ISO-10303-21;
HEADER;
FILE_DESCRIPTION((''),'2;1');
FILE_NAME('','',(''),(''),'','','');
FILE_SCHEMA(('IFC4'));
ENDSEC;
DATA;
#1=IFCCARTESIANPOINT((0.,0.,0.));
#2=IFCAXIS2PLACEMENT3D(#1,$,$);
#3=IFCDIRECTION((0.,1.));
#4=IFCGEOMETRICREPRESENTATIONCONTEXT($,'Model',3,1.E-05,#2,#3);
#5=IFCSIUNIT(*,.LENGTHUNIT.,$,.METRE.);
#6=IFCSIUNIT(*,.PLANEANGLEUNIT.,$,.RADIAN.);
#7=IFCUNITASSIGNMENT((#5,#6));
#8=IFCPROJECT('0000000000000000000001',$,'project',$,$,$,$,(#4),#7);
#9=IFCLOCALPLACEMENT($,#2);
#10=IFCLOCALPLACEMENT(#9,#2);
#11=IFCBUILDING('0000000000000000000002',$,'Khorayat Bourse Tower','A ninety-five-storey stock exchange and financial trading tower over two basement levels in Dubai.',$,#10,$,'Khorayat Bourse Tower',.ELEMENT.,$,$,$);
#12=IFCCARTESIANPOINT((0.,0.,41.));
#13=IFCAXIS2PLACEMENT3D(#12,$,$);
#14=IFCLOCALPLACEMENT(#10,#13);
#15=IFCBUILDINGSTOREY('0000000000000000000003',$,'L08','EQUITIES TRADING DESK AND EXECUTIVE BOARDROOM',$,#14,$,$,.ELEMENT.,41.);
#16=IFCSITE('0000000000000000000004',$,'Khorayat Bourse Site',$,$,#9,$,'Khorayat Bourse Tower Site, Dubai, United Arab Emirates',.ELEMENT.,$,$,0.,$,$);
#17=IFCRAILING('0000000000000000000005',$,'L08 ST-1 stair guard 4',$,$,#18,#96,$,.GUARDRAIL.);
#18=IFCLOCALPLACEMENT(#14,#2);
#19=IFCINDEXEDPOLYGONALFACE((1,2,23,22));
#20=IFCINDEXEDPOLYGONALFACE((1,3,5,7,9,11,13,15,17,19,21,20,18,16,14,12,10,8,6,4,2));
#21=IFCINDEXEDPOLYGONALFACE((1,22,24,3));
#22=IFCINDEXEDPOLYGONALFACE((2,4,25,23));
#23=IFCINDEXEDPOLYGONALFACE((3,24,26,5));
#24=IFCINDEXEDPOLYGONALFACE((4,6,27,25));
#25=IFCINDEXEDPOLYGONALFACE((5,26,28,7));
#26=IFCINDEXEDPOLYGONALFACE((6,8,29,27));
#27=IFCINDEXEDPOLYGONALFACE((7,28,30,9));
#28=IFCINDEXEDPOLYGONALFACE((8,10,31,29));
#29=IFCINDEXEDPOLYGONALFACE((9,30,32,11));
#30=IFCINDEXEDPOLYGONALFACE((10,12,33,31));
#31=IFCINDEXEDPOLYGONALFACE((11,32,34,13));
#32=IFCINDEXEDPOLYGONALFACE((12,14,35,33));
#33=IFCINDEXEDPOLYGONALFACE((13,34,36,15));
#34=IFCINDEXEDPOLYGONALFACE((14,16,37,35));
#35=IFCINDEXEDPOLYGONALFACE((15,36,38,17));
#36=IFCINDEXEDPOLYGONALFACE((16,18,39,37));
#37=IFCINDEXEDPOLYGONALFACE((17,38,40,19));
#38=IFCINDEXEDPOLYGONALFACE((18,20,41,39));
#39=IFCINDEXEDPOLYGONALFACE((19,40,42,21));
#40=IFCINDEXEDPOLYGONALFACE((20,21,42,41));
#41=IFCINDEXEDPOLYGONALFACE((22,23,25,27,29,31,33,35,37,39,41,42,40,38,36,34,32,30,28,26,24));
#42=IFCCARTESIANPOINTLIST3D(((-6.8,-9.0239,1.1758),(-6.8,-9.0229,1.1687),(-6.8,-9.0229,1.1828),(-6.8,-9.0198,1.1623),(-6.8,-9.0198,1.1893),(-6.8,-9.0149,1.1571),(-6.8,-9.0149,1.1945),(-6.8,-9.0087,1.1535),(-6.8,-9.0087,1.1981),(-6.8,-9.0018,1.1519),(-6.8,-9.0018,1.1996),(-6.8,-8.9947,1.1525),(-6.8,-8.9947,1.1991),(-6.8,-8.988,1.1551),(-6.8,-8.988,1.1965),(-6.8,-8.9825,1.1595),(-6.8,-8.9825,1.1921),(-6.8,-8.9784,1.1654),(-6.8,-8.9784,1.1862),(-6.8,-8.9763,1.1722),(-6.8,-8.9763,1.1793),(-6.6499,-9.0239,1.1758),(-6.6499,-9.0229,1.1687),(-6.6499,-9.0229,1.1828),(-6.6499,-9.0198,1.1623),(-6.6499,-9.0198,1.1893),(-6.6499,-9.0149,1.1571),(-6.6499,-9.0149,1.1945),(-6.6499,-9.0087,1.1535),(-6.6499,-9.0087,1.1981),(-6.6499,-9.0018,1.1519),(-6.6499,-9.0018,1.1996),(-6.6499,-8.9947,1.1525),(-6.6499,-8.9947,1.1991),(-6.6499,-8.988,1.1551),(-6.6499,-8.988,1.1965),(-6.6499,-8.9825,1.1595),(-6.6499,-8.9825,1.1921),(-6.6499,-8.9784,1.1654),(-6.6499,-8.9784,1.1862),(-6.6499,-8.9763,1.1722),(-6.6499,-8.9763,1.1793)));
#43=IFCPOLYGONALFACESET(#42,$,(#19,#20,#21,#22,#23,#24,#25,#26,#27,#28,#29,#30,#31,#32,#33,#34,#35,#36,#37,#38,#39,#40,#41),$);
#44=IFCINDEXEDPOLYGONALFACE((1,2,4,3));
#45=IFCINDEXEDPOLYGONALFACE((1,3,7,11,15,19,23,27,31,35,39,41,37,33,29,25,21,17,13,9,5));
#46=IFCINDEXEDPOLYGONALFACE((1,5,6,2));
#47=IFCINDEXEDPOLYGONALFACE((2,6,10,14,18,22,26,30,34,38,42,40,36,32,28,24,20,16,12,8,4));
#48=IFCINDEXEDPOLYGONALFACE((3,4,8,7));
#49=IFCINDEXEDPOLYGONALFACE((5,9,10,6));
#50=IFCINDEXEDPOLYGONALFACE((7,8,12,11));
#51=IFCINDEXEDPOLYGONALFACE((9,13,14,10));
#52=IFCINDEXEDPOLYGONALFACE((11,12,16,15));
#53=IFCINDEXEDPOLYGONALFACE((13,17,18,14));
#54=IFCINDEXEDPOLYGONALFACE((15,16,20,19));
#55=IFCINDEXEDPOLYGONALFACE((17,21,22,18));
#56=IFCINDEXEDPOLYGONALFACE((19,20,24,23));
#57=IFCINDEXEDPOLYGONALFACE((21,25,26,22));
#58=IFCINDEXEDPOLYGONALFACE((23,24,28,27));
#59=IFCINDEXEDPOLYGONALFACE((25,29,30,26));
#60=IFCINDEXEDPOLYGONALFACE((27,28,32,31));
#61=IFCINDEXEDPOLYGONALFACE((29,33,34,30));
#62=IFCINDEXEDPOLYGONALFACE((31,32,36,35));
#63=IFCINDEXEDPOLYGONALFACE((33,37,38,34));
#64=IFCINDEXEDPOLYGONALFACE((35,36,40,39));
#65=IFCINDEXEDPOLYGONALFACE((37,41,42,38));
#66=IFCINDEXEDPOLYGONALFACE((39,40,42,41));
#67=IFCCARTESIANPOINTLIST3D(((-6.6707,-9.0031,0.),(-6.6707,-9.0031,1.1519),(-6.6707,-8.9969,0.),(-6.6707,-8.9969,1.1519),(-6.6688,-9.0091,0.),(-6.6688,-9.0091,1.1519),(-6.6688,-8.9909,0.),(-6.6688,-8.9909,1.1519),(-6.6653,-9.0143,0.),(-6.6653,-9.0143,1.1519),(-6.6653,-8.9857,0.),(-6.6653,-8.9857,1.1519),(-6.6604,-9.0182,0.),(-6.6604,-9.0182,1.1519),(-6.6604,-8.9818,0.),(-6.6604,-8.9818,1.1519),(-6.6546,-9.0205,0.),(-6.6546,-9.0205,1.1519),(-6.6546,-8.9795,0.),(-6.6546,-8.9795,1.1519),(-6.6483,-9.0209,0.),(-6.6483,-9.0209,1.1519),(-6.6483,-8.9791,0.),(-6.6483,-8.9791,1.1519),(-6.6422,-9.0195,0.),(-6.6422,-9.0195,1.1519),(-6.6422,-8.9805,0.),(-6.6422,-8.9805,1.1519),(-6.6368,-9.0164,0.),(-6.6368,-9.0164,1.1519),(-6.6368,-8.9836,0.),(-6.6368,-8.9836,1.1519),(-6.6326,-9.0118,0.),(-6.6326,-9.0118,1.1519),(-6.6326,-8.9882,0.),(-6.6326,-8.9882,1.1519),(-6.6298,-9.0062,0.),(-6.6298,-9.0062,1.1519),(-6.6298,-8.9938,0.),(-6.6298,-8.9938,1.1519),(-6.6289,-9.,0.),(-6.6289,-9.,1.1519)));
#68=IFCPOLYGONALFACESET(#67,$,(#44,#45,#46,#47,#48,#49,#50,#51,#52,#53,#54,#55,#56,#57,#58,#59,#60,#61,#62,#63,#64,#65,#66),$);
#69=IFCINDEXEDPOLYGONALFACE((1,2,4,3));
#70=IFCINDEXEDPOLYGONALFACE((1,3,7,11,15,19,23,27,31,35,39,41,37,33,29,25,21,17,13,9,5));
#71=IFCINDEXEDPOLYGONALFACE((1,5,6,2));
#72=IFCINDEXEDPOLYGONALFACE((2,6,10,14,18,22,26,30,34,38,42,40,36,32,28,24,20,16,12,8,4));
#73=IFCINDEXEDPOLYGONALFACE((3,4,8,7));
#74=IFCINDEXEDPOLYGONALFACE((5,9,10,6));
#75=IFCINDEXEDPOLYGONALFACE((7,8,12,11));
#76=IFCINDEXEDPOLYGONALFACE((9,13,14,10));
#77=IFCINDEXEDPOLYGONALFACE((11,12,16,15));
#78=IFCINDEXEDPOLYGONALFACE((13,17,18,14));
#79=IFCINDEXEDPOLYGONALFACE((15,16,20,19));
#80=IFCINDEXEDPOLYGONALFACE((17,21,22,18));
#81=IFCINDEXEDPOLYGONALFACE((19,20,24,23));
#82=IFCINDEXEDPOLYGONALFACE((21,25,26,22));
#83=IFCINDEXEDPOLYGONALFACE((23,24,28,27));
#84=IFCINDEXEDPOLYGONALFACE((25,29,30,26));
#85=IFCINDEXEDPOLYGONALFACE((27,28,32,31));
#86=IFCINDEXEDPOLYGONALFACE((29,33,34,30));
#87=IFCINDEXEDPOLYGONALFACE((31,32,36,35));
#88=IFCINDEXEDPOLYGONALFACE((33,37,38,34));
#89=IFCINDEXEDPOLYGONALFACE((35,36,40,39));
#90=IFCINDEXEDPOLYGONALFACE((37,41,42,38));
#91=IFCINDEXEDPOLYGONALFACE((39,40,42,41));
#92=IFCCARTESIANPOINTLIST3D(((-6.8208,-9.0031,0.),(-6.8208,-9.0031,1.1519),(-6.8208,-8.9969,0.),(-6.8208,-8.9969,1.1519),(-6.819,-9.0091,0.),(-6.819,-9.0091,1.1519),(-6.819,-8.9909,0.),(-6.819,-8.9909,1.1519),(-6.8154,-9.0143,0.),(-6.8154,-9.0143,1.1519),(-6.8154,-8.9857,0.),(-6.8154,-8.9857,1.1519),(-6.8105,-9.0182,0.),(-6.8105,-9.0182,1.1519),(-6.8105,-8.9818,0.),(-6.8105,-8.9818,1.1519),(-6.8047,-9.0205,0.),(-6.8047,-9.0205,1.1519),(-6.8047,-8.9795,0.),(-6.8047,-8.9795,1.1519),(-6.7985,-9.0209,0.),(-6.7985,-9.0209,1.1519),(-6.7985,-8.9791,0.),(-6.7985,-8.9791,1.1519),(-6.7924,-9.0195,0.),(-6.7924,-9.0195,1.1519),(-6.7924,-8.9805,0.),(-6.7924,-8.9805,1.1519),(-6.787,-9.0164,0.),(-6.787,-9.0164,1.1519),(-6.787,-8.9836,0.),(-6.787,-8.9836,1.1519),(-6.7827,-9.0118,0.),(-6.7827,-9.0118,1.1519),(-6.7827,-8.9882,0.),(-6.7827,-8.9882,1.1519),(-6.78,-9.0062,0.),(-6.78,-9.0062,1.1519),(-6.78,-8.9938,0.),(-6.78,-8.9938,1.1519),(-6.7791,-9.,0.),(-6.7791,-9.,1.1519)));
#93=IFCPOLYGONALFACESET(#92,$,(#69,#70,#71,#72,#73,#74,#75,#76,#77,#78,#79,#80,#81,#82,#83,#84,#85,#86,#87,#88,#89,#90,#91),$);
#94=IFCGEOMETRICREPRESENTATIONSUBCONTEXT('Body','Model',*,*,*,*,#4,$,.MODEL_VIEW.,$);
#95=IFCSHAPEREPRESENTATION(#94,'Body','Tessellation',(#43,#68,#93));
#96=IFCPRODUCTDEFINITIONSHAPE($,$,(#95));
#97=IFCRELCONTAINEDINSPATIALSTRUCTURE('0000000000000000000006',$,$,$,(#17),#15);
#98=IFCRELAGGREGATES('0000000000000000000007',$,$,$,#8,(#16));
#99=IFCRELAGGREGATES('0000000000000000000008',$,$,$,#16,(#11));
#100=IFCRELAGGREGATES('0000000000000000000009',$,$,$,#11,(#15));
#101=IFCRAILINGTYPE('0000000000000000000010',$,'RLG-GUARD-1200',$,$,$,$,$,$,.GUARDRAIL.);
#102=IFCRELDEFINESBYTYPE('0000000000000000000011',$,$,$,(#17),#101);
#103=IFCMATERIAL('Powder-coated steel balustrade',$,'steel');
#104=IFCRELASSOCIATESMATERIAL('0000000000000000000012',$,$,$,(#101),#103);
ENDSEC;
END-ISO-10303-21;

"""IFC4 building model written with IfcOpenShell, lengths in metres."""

from ifc_helpers import new_model, si_unit, direction, frame, origin, origin_2d, place, context, subcontext, project, spatial, circle, extrude, source, transform, mapped, material, type_object, element, save


model = new_model("IFC4")

# Units and contexts
model_context = context("Model", 3, precision=1e-05, world=origin(), true_north=direction((0.0, 1.0)))
body_context = subcontext(model_context, "Body", "Model", "MODEL_VIEW")
ifc_project = project(units=[si_unit("LENGTHUNIT", "METRE"), si_unit("PLANEANGLEUNIT", "RADIAN")], contexts=[model_context])

# Site, building, storey
site_placement = place(None, origin())
site = spatial("IfcSite", under=ifc_project, at=site_placement, Name="Khorayat Bourse Site", LongName="Khorayat Bourse Tower Site, Dubai, United Arab Emirates", CompositionType="ELEMENT", RefElevation=0.0)
building_placement = place(site_placement, origin())
building = spatial("IfcBuilding", under=site, at=building_placement, Name="Khorayat Bourse Tower", Description="A ninety-five-storey stock exchange and financial trading tower over two basement levels in Dubai.", LongName="Khorayat Bourse Tower", CompositionType="ELEMENT")
storey_placement = place(building_placement, frame((0.0, 0.0, 41.0)))
storey = spatial("IfcBuildingStorey", under=building, at=storey_placement, Name="L08", Description="EQUITIES TRADING DESK AND EXECUTIVE BOARDROOM", CompositionType="ELEMENT", Elevation=41.0)

# Railing
ifc_material_1 = material(Name="Powder-coated steel balustrade", Category="steel")
railing_type_1 = type_object("IfcRailingType", Name="RLG-GUARD-1200", PredefinedType="GUARDRAIL", material=ifc_material_1)
shared_shape_1 = source(origin(), body_context, "Body", "SweptSolid", [
    extrude(circle(Radius=0.0239, at=origin_2d()), frame((0.0, 0.0, 1.1758), z_axis=(-1.0, 0.0, 0.0), x_axis=(0.0, -1.0, 0.0)), (0.0, 0.0, 1.0), 0.1501),
    extrude(circle(Radius=0.021, at=origin_2d()), origin(), (0.0, 0.0, 1.0), 1.1519),
    extrude(circle(Radius=0.021, at=origin_2d()), frame((-0.1501, 0.0, 0.0)), (0.0, 0.0, 1.0), 1.1519),
])
for number, where, name in (
    (1, (-6.6499, -9.0, 0.0), "L08 ST-1 stair guard 4"),
):
    element("IfcRailing", number, at=place(storey_placement, frame(where)), inside=storey, type_object=railing_type_1, Name=name, PredefinedType="GUARDRAIL", context=body_context, shape_type="MappedRepresentation", body=[
        mapped(shared_shape_1, transform((0.0, 0.0, 0.0), scale=1.0)),
    ])

save(model, "model.ifc")
